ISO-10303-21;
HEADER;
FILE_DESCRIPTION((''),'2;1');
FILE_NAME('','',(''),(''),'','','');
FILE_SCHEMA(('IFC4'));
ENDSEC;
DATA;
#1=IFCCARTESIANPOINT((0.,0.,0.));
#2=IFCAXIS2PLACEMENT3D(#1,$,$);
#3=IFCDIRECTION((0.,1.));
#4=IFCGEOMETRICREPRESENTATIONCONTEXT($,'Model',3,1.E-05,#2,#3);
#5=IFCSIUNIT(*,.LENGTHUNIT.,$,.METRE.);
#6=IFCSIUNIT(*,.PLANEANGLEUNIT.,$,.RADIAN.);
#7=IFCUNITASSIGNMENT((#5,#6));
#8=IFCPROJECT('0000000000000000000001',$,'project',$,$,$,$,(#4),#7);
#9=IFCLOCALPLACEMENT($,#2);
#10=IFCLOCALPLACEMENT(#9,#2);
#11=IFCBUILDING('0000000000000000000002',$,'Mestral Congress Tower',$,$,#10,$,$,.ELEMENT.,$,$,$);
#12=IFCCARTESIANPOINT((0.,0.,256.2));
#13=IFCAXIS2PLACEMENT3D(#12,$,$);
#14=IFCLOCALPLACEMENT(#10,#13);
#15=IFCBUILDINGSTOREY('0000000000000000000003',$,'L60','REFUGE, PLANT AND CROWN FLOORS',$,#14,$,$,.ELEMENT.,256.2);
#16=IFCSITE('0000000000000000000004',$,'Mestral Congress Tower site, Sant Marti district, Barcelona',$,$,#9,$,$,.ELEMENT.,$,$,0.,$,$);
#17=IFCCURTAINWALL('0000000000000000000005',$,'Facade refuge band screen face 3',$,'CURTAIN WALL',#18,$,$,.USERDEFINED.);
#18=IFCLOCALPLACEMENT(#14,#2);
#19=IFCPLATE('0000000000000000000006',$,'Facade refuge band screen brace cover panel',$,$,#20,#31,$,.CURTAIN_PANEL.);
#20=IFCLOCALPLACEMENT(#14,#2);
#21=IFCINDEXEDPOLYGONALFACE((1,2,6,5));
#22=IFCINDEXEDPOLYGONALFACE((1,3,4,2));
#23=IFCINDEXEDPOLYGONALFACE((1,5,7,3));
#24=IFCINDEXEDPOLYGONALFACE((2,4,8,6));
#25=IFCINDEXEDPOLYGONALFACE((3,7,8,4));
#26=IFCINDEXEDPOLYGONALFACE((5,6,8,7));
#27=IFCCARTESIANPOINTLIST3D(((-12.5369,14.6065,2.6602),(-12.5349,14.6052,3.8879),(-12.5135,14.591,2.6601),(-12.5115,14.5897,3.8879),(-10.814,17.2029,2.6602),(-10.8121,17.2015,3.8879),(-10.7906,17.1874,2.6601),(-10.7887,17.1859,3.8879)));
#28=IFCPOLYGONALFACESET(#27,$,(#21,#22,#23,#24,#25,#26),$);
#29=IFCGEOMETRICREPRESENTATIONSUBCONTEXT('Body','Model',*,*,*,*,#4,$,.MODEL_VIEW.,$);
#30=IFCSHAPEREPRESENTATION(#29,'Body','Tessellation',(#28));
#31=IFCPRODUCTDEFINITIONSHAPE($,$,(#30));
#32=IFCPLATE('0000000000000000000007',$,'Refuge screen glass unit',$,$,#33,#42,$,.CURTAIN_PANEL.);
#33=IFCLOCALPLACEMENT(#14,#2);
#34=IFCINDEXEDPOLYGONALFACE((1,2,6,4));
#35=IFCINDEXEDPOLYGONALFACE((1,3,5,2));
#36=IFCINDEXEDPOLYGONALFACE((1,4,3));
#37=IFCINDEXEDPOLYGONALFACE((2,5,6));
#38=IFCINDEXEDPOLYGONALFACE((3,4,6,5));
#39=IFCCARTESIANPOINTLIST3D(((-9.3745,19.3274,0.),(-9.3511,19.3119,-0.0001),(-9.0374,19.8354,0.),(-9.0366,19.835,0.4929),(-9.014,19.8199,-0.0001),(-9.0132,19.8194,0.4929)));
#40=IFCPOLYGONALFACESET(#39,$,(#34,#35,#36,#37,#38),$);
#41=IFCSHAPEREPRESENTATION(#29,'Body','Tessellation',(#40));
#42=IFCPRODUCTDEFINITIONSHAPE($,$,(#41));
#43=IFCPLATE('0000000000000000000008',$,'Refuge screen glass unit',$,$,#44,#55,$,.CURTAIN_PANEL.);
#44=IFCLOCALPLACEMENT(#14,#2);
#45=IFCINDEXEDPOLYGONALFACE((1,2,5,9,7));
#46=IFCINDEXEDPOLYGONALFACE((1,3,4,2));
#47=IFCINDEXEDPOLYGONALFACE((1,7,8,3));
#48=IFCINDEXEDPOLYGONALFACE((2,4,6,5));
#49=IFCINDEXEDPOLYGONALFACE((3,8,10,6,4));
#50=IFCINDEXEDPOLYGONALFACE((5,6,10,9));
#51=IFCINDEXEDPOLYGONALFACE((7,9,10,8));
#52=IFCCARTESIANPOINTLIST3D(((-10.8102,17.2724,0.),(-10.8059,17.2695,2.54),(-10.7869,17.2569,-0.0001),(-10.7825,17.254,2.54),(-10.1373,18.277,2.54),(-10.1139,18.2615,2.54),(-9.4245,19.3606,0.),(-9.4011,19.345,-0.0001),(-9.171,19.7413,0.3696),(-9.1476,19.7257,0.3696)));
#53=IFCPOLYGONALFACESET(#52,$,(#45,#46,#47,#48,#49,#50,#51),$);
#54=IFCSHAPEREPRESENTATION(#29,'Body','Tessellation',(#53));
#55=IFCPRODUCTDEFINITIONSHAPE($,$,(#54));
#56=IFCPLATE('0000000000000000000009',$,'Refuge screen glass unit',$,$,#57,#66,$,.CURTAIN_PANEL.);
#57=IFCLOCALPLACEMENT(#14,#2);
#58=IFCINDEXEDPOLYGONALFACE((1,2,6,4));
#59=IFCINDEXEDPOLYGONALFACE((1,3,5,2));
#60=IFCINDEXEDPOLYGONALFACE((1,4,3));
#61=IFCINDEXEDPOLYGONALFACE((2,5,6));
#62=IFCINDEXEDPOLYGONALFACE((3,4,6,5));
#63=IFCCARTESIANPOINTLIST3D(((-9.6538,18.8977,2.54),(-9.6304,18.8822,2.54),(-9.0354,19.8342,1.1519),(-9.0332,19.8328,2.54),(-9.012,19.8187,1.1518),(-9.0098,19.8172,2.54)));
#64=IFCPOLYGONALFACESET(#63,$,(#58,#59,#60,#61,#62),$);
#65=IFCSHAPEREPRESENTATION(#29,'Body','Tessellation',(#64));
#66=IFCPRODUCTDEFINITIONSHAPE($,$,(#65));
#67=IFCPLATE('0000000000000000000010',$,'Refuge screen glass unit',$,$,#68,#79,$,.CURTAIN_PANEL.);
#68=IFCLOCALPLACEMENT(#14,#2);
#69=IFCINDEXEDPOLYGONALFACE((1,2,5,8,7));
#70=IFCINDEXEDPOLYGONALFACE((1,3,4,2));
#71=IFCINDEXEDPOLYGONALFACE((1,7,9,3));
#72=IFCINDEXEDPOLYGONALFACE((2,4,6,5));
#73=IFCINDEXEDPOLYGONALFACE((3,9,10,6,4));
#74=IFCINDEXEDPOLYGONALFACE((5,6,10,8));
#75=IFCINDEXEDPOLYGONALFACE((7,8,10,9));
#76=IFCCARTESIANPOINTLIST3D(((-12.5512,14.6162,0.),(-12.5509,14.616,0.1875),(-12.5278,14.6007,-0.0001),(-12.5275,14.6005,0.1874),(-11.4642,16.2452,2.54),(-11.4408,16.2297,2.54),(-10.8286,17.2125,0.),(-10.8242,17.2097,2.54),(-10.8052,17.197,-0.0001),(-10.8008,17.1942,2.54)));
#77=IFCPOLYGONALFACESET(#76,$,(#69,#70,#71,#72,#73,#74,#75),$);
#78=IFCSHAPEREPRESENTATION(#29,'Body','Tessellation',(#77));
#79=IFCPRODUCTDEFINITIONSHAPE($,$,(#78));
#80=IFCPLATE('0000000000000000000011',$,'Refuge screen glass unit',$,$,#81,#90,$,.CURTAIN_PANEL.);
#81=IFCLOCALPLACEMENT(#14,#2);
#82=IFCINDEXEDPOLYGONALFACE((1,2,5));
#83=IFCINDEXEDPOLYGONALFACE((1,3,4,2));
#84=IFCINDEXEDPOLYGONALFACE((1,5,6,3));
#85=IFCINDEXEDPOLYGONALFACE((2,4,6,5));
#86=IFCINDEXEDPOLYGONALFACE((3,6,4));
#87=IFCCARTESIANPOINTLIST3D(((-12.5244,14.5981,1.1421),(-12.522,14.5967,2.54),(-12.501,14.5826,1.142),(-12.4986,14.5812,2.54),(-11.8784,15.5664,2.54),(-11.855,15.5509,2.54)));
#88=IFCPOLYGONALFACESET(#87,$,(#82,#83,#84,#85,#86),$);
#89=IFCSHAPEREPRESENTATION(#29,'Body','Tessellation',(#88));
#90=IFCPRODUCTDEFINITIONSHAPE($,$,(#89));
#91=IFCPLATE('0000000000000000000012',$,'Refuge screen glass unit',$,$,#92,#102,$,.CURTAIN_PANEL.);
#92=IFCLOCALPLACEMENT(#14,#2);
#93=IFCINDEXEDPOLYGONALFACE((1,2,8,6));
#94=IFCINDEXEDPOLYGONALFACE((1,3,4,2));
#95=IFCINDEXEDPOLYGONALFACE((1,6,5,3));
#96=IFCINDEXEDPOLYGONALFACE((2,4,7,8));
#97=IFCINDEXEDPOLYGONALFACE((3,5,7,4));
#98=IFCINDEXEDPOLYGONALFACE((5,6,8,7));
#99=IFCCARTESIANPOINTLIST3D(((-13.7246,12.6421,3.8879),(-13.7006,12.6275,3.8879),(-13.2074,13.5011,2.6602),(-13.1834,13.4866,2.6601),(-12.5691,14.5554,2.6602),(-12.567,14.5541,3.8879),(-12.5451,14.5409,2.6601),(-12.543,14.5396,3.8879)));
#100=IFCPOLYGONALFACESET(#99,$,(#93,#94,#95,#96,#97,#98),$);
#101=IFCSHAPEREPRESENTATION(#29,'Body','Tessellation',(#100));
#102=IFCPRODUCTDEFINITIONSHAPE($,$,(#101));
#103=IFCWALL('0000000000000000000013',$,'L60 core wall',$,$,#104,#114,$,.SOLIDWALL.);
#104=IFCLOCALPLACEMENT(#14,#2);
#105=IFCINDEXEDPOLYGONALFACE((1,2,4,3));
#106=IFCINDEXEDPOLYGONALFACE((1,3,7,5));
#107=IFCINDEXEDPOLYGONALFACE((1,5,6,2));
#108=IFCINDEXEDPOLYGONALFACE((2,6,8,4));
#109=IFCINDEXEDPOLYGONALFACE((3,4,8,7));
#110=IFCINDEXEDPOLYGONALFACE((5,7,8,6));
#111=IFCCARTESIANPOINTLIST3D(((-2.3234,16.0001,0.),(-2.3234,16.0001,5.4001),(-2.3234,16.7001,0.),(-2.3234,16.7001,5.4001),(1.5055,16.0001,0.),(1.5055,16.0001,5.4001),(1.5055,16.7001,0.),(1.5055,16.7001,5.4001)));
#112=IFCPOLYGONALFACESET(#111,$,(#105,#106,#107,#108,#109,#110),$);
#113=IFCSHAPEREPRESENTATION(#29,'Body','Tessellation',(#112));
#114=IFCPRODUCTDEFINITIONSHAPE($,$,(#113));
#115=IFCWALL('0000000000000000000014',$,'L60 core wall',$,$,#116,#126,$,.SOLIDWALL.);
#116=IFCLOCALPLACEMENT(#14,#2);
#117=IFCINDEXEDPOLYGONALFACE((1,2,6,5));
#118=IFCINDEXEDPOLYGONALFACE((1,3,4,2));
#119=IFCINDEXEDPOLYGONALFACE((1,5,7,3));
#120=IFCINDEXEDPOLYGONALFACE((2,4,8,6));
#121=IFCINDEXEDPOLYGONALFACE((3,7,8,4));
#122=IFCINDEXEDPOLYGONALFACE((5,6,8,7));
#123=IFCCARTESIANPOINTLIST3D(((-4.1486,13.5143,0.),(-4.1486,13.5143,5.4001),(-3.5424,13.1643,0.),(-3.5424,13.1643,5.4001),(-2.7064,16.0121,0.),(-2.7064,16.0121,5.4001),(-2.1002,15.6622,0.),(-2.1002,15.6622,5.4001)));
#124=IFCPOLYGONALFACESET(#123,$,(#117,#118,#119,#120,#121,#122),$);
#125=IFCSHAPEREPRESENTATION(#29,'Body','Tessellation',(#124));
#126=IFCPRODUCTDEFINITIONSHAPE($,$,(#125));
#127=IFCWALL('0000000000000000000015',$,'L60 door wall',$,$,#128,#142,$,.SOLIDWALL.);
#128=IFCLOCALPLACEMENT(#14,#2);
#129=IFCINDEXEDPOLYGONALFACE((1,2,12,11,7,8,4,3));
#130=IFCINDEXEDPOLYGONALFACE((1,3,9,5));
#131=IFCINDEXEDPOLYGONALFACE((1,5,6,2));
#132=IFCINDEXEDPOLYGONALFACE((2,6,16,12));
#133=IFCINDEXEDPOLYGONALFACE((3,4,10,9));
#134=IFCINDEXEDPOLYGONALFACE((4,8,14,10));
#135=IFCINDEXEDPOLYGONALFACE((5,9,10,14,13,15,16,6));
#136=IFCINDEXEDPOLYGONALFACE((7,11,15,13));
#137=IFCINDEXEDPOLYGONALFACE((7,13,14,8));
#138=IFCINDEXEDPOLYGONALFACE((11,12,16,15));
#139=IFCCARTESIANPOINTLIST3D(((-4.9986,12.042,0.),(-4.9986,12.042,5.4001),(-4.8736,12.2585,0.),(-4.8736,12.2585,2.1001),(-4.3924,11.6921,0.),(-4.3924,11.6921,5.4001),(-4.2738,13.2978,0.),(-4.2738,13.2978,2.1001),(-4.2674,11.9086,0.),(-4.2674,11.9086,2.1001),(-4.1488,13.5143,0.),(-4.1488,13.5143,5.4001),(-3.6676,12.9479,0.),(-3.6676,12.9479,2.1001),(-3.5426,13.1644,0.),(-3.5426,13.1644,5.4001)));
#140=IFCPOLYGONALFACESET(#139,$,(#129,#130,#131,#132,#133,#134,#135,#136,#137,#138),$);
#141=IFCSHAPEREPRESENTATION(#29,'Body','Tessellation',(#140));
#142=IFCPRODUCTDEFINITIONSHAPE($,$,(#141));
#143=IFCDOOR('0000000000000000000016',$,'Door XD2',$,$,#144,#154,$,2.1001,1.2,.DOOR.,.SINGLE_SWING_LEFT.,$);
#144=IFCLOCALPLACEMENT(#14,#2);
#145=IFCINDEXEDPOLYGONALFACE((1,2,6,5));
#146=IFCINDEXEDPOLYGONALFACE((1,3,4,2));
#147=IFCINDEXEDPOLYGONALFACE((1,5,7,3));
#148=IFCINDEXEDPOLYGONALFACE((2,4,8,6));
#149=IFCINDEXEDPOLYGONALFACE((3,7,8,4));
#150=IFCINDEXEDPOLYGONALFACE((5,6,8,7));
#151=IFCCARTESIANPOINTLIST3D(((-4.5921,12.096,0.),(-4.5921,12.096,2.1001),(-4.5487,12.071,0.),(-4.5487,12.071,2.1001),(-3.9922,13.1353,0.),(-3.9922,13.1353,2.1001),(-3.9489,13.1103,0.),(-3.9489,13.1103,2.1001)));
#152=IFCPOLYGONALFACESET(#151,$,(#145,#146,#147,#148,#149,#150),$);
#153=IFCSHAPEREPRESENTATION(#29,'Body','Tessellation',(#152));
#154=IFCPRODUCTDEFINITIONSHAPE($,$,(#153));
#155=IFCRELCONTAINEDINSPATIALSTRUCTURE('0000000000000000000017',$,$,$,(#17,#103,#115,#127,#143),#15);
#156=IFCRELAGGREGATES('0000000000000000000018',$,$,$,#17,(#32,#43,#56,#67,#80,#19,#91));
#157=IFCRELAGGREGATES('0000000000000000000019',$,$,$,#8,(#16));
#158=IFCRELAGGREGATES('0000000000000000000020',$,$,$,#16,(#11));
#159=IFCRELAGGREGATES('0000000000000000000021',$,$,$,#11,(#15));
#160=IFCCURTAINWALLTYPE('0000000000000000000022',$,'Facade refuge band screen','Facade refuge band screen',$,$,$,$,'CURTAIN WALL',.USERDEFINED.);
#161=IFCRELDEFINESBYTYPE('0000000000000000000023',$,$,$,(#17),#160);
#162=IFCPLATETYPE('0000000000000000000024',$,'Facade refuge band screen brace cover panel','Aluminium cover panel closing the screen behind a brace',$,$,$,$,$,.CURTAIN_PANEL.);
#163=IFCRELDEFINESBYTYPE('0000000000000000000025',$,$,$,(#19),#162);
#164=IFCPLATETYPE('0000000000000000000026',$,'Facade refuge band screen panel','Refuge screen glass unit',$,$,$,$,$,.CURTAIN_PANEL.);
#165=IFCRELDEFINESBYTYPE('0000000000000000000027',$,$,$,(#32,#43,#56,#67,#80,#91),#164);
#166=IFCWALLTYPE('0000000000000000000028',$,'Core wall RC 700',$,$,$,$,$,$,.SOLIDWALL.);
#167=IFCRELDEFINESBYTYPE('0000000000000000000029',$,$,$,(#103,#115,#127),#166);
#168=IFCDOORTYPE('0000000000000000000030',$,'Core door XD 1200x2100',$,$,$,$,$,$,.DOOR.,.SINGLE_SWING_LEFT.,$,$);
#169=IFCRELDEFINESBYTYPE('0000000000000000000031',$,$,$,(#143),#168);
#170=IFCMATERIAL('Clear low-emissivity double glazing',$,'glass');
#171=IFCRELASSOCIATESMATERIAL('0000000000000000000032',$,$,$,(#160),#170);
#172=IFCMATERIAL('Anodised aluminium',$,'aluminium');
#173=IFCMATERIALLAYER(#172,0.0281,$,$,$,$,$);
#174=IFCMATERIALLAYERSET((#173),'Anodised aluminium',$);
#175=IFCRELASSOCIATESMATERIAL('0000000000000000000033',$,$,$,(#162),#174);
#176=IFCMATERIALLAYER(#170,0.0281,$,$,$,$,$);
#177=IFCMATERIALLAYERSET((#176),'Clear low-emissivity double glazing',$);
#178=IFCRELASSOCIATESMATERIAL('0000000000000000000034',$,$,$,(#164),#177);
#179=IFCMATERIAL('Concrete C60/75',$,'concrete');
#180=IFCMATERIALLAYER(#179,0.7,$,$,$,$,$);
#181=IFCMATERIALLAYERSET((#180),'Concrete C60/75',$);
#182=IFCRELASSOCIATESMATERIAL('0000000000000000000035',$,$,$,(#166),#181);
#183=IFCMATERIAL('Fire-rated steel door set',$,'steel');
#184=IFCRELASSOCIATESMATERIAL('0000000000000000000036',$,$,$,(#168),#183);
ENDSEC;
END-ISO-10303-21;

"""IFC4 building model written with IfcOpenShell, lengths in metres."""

from ifc_helpers import new_model, si_unit, direction, frame, frame_2d, origin, place, context, subcontext, project, spatial, polyline, rectangle, outline, extrude, material, layer, layer_set, type_object, element, fill, aggregate, save


model = new_model("IFC4")

# Units and contexts
model_context = context("Model", 3, precision=1e-05, world=origin(), true_north=direction((0.0, 1.0)))
body_context = subcontext(model_context, "Body", "Model", "MODEL_VIEW")
ifc_project = project(units=[si_unit("LENGTHUNIT", "METRE"), si_unit("PLANEANGLEUNIT", "RADIAN")], contexts=[model_context])

# Site, building, storey
site_placement = place(None, origin())
site = spatial("IfcSite", under=ifc_project, at=site_placement, Name="Mestral Congress Tower site, Sant Marti district, Barcelona", CompositionType="ELEMENT", RefElevation=0.0)
building_placement = place(site_placement, origin())
building = spatial("IfcBuilding", under=site, at=building_placement, Name="Mestral Congress Tower", CompositionType="ELEMENT")
storey_placement = place(building_placement, frame((0.0, 0.0, 256.2)))
storey = spatial("IfcBuildingStorey", under=building, at=storey_placement, Name="L60", Description="REFUGE, PLANT AND CROWN FLOORS", CompositionType="ELEMENT", Elevation=256.2)

# Curtain wall, plates
ifc_material_1 = material(Name="Clear low-emissivity double glazing", Category="glass")
curtain_wall_type = type_object("IfcCurtainWallType", Name="Facade refuge band screen", Description="Facade refuge band screen", ElementType="CURTAIN WALL", PredefinedType="USERDEFINED", material=ifc_material_1)
placement = place(storey_placement, origin())
curtain_wall = element("IfcCurtainWall", 1, at=placement, inside=storey, type_object=curtain_wall_type, Name="Facade refuge band screen face 3", ObjectType="CURTAIN WALL", PredefinedType="USERDEFINED")
ifc_material_2 = material(Name="Anodised aluminium", Category="aluminium")
ifc_layer_1 = layer(ifc_material_2, 0.0281)
ifc_layer_set_1 = layer_set([ifc_layer_1], Name="Anodised aluminium")
plate_type_1 = type_object("IfcPlateType", Name="Facade refuge band screen brace cover panel", Description="Aluminium cover panel closing the screen behind a brace", PredefinedType="CURTAIN_PANEL", material=ifc_layer_set_1)
plate_1_placement = place(storey_placement, frame((-12.5349, 14.6052, 3.8879), z_axis=(-0.833228, 0.552926, 0.00193), x_axis=(-0.001637, 0.001025, -0.999998)))
plate_1 = element("IfcPlate", 2, at=plate_1_placement, type_object=plate_type_1, Name="Facade refuge band screen brace cover panel", PredefinedType="CURTAIN_PANEL", context=body_context, shape_type="SweptSolid", body=[
    extrude(outline(polyline([(0.0, 0.0), (1.2278, 0.0), (1.2276, -3.1161), (-0.0002, -3.1159), (0.0, 0.0)])), origin(), (0.0, 0.0, -1.0), 0.0281),
])
ifc_layer_2 = layer(ifc_material_1, 0.0281)
ifc_layer_set_2 = layer_set([ifc_layer_2], Name="Clear low-emissivity double glazing")
plate_type_2 = type_object("IfcPlateType", Name="Facade refuge band screen panel", Description="Refuge screen glass unit", PredefinedType="CURTAIN_PANEL", material=ifc_layer_set_2)
plate_2_placement = place(storey_placement, frame((-9.0374, 19.8354, 0.0), z_axis=(-0.833217, 0.552943, 0.001786), x_axis=(0.001486, -0.000991, 0.999998)))
plate_2 = element("IfcPlate", 3, at=plate_2_placement, type_object=plate_type_2, Name="Refuge screen glass unit", PredefinedType="CURTAIN_PANEL", context=body_context, shape_type="SweptSolid", body=[
    extrude(outline(polyline([(0.0, 0.0), (0.4929, 0.0), (0.0, -0.6098), (0.0, 0.0)])), origin(), (0.0, 0.0, -1.0), 0.0281),
])
plate_3_placement = place(storey_placement, frame((-10.8059, 17.2695, 2.54), z_axis=(-0.833217, 0.552943, 0.002051), x_axis=(-0.001707, 0.001138, -0.999998)))
plate_3 = element("IfcPlate", 4, at=plate_3_placement, type_object=plate_type_2, Name="Refuge screen glass unit", PredefinedType="CURTAIN_PANEL", context=body_context, shape_type="SweptSolid", body=[
    extrude(outline(polyline([(0.0, 0.0), (2.54, 0.0), (2.5401, -2.5061), (2.1704, -2.9635), (0.0, -1.2091), (0.0, 0.0)])), origin(), (0.0, 0.0, -1.0), 0.0281),
])
plate_4_placement = place(storey_placement, frame((-9.0332, 19.8328, 2.54), z_axis=(-0.833185, 0.552991, 0.001902), x_axis=(-0.552992, -0.833186, 0.0)))
plate_4 = element("IfcPlate", 5, at=plate_4_placement, type_object=plate_type_2, Name="Refuge screen glass unit", PredefinedType="CURTAIN_PANEL", context=body_context, shape_type="SweptSolid", body=[
    extrude(outline(polyline([(0.0, 0.0), (1.1223, 0.0), (0.0, -1.3882), (0.0, 0.0)])), origin(), (0.0, 0.0, -1.0), 0.0281),
])
plate_5_placement = place(storey_placement, frame((-10.8242, 17.2097, 2.54), z_axis=(-0.833261, 0.552875, 0.002033), x_axis=(-0.552877, -0.833263, 0.0)))
plate_5 = element("IfcPlate", 6, at=plate_5_placement, type_object=plate_type_2, Name="Refuge screen glass unit", PredefinedType="CURTAIN_PANEL", context=body_context, shape_type="SweptSolid", body=[
    extrude(outline(polyline([(0.0, 0.0), (1.1575, 0.0), (3.1159, -2.3525), (3.1159, -2.54), (0.0001, -2.54), (0.0, 0.0)])), origin(), (0.0, 0.0, -1.0), 0.0281),
])
plate_6_placement = place(storey_placement, frame((-12.522, 14.5967, 2.54), z_axis=(-0.833209, 0.552955, 0.002035), x_axis=(-0.001746, 0.001048, -0.999998)))
plate_6 = element("IfcPlate", 7, at=plate_6_placement, type_object=plate_type_2, Name="Refuge screen glass unit", PredefinedType="CURTAIN_PANEL", context=body_context, shape_type="SweptSolid", body=[
    extrude(outline(polyline([(0.0, 0.0), (1.398, 0.0), (-0.0001, -1.1638), (0.0, 0.0)])), origin(), (0.0, 0.0, -1.0), 0.0281),
])
plate_7_placement = place(storey_placement, frame((-12.5691, 14.5554, 2.6602), z_axis=(-0.855434, 0.517907, 0.002002), x_axis=(0.001699, -0.00106, 0.999998)))
plate_7 = element("IfcPlate", 8, at=plate_7_placement, type_object=plate_type_2, Name="Refuge screen glass unit", PredefinedType="CURTAIN_PANEL", context=body_context, shape_type="SweptSolid", body=[
    extrude(outline(polyline([(0.0, 0.0), (1.2278, 0.0), (1.2278, -2.2352), (0.0, -1.2324), (0.0, 0.0)])), origin(), (0.0, 0.0, -1.0), 0.0281),
])
aggregate(curtain_wall, [plate_2, plate_3, plate_4, plate_5, plate_6, plate_1, plate_7])

# Walls
ifc_material_3 = material(Name="Concrete C60/75", Category="concrete")
ifc_layer_3 = layer(ifc_material_3, 0.7)
ifc_layer_set_3 = layer_set([ifc_layer_3], Name="Concrete C60/75")
wall_type_1 = type_object("IfcWallType", Name="Core wall RC 700", PredefinedType="SOLIDWALL", material=ifc_layer_set_3)
wall_1_placement = place(storey_placement, frame((-2.3235, 16.3501, 0.0), z_axis=(0.0, 0.0, 1.0), x_axis=(1.0, 0.0, 0.0)))
element("IfcWall", 9, at=wall_1_placement, inside=storey, type_object=wall_type_1, Name="L60 core wall", PredefinedType="SOLIDWALL", context=body_context, shape_type="SweptSolid", body=[
    extrude(rectangle(XDim=3.8289, YDim=0.7, at=frame_2d((1.9146, 0.0))), origin(), (0.0, 0.0, 1.0), 5.4001),
])
wall_2_placement = place(storey_placement, frame((-2.4033, 15.8372, 0.0), z_axis=(0.0, 0.0, 1.0), x_axis=(-0.500008, -0.866021, 0.0)))
element("IfcWall", 10, at=wall_2_placement, inside=storey, type_object=wall_type_1, Name="L60 core wall", PredefinedType="SOLIDWALL", context=body_context, shape_type="SweptSolid", body=[
    extrude(rectangle(XDim=2.8843, YDim=0.7, at=frame_2d((1.4421, 0.0))), origin(), (0.0, 0.0, 1.0), 5.4001),
])

# Wall, opening, door
wall_3_placement = place(storey_placement, frame((-4.6956, 11.8669, 0.0), z_axis=(0.0, 0.0, 1.0), x_axis=(0.499892, 0.866088, 0.0)))
wall_3 = element("IfcWall", 11, at=wall_3_placement, inside=storey, type_object=wall_type_1, Name="L60 door wall", PredefinedType="SOLIDWALL", context=body_context, shape_type="SweptSolid", body=[
    extrude(rectangle(XDim=1.7, YDim=0.7, at=frame_2d((0.8501, 0.0))), origin(), (0.0, 0.0, 1.0), 5.4001),
])
opening_1_placement = place(wall_3_placement, frame((0.25, 0.0, 0.0)))
opening_1 = element("IfcOpeningElement", 12, at=opening_1_placement, cuts=wall_3, PredefinedType="OPENING", context=body_context, shape_type="SweptSolid", body=[
    extrude(rectangle(XDim=1.2, YDim=2.1001, at=frame_2d((0.6001, 1.05))), frame((0.0, 0.3599, 0.0), z_axis=(0.0, -1.0, 0.0), x_axis=(1.0, 0.0, 0.0)), (0.0, 0.0, 1.0), 0.72),
])
ifc_material_4 = material(Name="Fire-rated steel door set", Category="steel")
door_type_1 = type_object("IfcDoorType", Name="Core door XD 1200x2100", OperationType="SINGLE_SWING_LEFT", PredefinedType="DOOR", material=ifc_material_4)
door_1_placement = place(opening_1_placement, origin())
door_1 = element("IfcDoor", 13, at=door_1_placement, inside=storey, type_object=door_type_1, Name="Door XD2", OperationType="SINGLE_SWING_LEFT", OverallHeight=2.1001, OverallWidth=1.2, PredefinedType="DOOR", context=body_context, shape_type="SweptSolid", body=[
    extrude(rectangle(XDim=1.2, YDim=2.1001, at=frame_2d((0.6001, 1.05))), frame((0.0, 0.0249, 0.0), z_axis=(0.0, -1.0, 0.0), x_axis=(1.0, 0.0, 0.0)), (0.0, 0.0, 1.0), 0.05),
])
fill(opening_1, door_1)

save(model, "model.ifc")
